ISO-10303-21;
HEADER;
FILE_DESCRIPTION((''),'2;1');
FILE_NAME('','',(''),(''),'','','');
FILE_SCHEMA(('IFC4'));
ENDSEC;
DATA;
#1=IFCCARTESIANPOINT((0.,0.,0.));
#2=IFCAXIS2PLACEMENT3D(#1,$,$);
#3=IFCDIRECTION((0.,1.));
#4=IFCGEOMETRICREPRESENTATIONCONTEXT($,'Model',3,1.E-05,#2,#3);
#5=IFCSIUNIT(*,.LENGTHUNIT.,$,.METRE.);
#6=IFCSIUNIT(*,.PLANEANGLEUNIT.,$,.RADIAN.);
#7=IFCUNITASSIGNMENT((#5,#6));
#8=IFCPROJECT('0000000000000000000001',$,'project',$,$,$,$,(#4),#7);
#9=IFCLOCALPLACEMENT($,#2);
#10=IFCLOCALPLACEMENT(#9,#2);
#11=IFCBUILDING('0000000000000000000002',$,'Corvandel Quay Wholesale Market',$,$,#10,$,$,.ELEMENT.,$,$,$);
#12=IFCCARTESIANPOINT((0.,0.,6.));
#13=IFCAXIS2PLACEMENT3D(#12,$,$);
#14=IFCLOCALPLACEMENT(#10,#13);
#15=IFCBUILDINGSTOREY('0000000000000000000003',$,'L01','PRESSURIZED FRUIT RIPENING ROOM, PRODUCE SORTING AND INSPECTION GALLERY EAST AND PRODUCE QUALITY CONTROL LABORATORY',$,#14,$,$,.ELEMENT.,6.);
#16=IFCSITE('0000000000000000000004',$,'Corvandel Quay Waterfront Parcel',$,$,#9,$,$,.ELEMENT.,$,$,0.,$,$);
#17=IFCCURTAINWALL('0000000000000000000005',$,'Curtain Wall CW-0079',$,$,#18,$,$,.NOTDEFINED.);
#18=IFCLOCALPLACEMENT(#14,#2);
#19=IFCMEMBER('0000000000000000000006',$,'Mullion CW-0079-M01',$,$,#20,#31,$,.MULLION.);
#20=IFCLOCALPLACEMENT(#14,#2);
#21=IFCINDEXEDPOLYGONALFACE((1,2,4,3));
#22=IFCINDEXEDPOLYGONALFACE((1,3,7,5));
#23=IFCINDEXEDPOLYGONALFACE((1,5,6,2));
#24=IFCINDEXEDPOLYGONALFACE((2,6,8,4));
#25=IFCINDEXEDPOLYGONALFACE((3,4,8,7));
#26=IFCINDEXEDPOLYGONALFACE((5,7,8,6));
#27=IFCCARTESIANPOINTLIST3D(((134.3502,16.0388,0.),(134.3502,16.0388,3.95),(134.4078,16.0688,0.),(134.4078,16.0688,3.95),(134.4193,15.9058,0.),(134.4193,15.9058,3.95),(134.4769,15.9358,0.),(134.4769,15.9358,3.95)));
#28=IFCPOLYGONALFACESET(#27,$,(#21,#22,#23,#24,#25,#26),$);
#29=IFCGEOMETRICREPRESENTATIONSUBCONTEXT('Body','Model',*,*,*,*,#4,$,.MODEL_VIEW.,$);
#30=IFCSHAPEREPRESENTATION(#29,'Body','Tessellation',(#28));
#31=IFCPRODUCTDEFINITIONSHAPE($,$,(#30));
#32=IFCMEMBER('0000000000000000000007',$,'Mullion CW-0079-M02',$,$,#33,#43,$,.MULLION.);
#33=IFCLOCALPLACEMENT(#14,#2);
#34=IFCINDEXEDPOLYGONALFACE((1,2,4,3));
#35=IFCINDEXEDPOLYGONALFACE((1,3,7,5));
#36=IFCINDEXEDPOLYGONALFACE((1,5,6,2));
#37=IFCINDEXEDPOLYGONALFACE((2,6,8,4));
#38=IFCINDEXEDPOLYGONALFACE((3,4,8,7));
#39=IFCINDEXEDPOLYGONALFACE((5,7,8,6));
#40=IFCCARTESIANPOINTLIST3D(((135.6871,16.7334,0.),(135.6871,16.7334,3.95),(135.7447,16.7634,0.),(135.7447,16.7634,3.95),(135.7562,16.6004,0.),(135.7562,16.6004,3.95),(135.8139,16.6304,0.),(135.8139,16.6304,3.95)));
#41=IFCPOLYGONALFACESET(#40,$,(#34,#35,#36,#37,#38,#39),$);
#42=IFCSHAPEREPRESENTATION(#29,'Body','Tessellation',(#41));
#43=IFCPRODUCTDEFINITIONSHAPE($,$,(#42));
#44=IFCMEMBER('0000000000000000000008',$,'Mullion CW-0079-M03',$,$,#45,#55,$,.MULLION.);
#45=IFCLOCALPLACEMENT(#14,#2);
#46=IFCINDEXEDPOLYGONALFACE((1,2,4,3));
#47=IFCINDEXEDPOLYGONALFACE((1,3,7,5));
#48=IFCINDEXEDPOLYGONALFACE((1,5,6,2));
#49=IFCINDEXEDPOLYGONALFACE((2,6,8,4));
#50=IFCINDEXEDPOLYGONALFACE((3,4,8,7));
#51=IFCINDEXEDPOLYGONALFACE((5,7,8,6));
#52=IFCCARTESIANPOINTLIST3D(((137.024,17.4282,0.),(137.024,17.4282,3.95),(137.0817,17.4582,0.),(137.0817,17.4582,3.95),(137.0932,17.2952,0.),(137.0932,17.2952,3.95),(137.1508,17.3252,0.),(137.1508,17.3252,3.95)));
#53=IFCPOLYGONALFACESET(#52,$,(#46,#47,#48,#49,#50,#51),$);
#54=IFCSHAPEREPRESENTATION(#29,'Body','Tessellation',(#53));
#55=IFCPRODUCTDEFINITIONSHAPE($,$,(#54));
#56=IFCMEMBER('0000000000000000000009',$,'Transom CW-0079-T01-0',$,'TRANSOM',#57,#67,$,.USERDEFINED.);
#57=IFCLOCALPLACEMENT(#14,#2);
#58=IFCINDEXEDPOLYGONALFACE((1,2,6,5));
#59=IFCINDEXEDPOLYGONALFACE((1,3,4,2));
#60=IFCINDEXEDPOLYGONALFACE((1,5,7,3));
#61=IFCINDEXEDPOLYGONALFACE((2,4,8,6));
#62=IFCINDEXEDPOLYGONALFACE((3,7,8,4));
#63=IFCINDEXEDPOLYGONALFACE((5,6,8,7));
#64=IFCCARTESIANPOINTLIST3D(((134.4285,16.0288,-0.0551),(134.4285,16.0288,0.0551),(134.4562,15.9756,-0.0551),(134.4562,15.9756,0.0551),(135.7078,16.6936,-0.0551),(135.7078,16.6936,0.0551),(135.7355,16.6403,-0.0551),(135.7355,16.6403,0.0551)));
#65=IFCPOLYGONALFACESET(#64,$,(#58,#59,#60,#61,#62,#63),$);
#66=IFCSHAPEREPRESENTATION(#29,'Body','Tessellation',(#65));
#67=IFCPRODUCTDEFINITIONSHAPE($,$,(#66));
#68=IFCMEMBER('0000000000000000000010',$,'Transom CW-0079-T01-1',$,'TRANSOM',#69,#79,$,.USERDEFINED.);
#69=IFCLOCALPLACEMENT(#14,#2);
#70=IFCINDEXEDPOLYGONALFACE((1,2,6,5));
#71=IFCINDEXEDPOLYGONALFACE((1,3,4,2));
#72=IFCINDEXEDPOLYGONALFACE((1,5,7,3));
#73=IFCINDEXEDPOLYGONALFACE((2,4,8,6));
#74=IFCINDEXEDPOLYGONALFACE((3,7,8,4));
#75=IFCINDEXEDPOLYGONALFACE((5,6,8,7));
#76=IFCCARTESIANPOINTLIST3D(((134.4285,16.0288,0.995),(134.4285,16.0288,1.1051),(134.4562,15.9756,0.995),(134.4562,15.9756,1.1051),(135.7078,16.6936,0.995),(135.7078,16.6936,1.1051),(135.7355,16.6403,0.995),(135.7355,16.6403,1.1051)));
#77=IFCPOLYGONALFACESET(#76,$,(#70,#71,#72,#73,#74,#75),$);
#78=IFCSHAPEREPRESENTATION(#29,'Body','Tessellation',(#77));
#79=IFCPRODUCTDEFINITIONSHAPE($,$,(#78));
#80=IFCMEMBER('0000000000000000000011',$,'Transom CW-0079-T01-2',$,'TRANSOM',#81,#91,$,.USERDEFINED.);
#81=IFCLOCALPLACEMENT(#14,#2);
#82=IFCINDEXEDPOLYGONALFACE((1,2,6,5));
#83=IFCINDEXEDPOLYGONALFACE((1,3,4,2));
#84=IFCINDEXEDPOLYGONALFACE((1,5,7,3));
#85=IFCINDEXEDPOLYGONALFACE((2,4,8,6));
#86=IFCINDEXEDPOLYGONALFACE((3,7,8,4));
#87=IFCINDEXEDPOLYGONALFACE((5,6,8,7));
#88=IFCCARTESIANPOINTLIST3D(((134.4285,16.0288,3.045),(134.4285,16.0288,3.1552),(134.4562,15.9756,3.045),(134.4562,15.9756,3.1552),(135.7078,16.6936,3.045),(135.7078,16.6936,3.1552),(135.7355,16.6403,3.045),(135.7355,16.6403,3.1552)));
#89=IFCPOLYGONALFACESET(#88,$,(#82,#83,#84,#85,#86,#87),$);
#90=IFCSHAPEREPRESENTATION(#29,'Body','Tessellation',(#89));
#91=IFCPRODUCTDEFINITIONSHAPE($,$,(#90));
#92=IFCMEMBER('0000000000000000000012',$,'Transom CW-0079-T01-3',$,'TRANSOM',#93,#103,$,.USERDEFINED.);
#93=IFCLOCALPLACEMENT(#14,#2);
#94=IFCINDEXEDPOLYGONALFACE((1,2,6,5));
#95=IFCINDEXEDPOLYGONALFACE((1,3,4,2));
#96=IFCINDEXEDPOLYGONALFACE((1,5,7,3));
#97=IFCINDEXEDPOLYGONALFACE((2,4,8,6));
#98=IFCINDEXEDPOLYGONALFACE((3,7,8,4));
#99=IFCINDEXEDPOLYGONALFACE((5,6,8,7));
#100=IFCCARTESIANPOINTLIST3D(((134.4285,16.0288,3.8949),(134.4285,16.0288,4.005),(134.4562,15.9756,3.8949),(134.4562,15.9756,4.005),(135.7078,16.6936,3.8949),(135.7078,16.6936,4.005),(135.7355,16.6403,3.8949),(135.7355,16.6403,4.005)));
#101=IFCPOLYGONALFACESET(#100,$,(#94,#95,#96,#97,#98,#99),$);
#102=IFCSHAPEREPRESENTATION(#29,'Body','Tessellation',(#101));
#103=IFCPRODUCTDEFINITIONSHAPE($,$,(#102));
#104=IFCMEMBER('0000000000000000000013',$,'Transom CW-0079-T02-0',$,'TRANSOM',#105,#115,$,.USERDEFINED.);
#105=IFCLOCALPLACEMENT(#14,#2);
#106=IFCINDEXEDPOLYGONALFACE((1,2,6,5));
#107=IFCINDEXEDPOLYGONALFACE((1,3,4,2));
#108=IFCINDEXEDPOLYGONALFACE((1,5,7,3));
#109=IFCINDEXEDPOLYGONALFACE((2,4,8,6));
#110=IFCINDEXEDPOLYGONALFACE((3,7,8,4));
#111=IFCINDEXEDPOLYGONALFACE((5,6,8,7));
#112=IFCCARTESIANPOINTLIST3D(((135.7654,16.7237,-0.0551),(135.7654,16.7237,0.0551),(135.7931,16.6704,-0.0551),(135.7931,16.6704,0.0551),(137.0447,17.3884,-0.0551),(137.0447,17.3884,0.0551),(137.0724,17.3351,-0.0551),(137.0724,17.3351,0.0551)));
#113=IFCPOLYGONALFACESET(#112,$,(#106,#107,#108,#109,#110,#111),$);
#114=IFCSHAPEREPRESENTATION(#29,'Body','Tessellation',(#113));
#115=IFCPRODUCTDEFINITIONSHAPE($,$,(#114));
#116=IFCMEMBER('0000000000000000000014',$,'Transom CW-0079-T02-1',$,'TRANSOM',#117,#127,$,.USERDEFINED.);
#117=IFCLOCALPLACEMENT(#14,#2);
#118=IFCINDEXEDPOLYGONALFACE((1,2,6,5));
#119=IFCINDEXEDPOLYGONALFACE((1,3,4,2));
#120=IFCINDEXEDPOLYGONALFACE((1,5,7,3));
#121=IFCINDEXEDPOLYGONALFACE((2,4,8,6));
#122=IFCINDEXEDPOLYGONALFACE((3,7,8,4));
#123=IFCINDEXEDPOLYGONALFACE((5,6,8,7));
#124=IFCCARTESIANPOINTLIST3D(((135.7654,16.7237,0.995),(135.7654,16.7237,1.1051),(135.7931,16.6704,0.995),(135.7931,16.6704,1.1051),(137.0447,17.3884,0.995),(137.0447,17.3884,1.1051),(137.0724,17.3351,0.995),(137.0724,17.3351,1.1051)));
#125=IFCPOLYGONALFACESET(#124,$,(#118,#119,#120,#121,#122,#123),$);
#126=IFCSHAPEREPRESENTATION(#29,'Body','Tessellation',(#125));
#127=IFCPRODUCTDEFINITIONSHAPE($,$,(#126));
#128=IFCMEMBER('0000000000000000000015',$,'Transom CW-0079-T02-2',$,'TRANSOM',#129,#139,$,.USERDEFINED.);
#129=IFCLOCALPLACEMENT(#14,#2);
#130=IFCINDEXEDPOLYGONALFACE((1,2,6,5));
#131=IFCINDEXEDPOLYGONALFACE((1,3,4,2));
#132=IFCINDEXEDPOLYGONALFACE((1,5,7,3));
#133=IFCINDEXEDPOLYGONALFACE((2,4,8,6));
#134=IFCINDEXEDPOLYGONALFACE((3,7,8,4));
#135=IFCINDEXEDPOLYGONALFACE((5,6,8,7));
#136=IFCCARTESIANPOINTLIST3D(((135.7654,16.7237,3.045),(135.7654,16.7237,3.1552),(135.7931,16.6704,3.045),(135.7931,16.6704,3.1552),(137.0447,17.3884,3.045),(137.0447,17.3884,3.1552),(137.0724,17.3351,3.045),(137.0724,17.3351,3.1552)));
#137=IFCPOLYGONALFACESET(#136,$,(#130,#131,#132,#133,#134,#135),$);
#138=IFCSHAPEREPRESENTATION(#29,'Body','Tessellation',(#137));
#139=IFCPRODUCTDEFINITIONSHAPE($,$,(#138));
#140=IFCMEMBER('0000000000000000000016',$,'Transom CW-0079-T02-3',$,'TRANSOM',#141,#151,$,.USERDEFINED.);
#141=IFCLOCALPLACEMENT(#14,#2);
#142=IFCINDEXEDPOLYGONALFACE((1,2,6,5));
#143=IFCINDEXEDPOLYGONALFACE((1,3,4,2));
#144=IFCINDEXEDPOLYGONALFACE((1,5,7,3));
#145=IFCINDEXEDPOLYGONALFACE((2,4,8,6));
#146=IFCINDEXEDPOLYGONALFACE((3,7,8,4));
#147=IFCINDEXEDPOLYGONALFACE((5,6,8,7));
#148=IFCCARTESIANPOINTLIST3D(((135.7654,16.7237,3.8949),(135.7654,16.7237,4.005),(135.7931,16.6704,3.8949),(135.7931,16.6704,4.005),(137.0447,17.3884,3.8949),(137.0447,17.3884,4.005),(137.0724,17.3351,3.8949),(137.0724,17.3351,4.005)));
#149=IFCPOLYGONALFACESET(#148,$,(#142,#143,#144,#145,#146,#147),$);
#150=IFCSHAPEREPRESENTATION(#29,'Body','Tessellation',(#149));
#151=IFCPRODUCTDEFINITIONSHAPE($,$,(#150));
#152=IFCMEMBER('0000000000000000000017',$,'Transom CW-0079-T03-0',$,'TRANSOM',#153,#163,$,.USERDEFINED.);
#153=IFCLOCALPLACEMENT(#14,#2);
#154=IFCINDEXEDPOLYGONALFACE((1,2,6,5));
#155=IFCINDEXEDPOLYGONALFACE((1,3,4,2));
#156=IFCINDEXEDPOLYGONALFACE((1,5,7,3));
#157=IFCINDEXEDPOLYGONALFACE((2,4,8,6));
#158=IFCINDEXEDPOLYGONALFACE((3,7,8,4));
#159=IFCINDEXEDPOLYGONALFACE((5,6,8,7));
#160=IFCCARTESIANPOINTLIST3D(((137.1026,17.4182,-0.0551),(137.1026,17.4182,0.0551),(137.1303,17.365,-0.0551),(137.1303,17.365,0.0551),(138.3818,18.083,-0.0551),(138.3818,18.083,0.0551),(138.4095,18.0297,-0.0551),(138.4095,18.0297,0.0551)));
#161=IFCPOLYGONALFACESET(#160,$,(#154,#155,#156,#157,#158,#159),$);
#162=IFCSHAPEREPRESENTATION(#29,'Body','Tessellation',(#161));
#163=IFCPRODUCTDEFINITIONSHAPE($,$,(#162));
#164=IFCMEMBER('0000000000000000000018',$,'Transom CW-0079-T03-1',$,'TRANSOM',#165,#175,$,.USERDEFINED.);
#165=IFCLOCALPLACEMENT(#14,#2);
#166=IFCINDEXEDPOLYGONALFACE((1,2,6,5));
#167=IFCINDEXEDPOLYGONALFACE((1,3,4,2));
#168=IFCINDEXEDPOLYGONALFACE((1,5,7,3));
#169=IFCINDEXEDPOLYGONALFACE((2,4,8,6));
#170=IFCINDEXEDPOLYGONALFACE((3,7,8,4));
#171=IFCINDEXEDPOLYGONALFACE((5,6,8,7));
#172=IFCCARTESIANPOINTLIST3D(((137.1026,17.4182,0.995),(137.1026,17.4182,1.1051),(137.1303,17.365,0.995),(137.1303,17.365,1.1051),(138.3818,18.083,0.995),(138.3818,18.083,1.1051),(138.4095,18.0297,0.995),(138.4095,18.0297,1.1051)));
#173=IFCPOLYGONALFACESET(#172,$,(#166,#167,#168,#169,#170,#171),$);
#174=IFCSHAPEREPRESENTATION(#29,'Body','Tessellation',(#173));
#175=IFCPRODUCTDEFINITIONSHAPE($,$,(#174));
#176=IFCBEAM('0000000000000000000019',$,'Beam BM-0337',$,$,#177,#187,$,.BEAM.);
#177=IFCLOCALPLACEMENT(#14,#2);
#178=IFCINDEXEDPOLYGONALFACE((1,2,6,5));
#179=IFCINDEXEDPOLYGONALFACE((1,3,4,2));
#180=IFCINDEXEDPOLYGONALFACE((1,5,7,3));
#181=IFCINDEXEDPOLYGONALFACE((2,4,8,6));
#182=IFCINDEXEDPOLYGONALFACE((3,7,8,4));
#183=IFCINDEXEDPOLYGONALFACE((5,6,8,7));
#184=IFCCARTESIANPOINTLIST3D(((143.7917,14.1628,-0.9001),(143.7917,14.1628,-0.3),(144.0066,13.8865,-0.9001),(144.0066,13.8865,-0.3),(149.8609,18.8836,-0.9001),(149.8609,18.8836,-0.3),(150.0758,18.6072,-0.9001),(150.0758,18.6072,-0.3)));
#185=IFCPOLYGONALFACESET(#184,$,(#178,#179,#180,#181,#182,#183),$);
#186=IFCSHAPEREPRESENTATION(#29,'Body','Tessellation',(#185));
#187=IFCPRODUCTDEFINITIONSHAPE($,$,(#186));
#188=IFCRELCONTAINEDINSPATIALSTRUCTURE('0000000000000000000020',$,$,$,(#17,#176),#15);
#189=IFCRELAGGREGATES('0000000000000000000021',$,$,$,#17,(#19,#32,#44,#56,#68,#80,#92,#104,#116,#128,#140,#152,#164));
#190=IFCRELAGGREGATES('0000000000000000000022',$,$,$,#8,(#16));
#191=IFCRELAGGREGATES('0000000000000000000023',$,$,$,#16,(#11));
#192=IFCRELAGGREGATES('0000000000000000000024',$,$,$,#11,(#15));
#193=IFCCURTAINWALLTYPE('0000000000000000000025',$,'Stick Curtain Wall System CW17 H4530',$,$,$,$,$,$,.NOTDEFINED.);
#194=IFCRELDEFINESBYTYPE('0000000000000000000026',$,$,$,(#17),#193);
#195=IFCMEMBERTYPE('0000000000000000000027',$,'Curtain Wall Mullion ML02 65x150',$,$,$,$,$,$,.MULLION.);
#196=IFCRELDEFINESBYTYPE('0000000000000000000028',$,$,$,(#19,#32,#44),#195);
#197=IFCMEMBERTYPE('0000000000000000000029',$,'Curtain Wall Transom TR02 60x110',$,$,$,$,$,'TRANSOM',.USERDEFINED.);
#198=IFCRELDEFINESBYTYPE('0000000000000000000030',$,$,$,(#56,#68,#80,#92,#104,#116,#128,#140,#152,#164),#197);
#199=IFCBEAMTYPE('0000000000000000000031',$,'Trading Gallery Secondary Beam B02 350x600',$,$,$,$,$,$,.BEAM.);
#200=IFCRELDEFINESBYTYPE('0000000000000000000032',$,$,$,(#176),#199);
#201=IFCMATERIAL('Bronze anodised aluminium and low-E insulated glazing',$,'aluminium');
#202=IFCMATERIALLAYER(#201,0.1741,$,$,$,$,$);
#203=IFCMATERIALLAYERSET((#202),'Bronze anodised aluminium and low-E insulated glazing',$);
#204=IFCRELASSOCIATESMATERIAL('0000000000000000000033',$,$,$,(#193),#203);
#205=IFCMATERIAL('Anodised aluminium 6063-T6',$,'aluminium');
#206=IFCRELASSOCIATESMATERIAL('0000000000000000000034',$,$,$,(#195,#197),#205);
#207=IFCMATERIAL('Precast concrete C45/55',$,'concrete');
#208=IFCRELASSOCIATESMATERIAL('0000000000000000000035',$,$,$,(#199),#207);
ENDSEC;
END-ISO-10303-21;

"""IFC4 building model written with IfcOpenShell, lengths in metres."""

from ifc_helpers import new_model, si_unit, direction, frame, origin, origin_2d, place, context, subcontext, project, spatial, rectangle, extrude, material, layer, layer_set, material_profile, profile_set, type_object, element, aggregate, save


model = new_model("IFC4")

# Units and contexts
model_context = context("Model", 3, precision=1e-05, world=origin(), true_north=direction((0.0, 1.0)))
body_context = subcontext(model_context, "Body", "Model", "MODEL_VIEW")
ifc_project = project(units=[si_unit("LENGTHUNIT", "METRE"), si_unit("PLANEANGLEUNIT", "RADIAN")], contexts=[model_context])

# Site, building, storey
site_placement = place(None, origin())
site = spatial("IfcSite", under=ifc_project, at=site_placement, Name="Corvandel Quay Waterfront Parcel", CompositionType="ELEMENT", RefElevation=0.0)
building_placement = place(site_placement, origin())
building = spatial("IfcBuilding", under=site, at=building_placement, Name="Corvandel Quay Wholesale Market", CompositionType="ELEMENT")
storey_placement = place(building_placement, frame((0.0, 0.0, 6.0)))
storey = spatial("IfcBuildingStorey", under=building, at=storey_placement, Name="L01", Description="PRESSURIZED FRUIT RIPENING ROOM, PRODUCE SORTING AND INSPECTION GALLERY EAST AND PRODUCE QUALITY CONTROL LABORATORY", CompositionType="ELEMENT", Elevation=6.0)

# Curtain wall, members
ifc_material_1 = material(Name="Bronze anodised aluminium and low-E insulated glazing", Category="aluminium")
ifc_layer_1 = layer(ifc_material_1, 0.1741)
ifc_layer_set_1 = layer_set([ifc_layer_1], Name="Bronze anodised aluminium and low-E insulated glazing")
curtain_wall_type = type_object("IfcCurtainWallType", Name="Stick Curtain Wall System CW17 H4530", PredefinedType="NOTDEFINED", material=ifc_layer_set_1)
curtain_wall_placement = place(storey_placement, origin())
curtain_wall = element("IfcCurtainWall", 1, at=curtain_wall_placement, inside=storey, type_object=curtain_wall_type, Name="Curtain Wall CW-0079", PredefinedType="NOTDEFINED")
ifc_material_2 = material(Name="Anodised aluminium 6063-T6", Category="aluminium")
ifc_material_profile_1 = material_profile(ifc_material_2, rectangle(XDim=0.0649, YDim=0.1499, at=origin_2d()), Name="ALU-MUL-65x150")
ifc_profile_set_1 = profile_set([ifc_material_profile_1], Name="Anodised aluminium 6063-T6")
member_type_1 = type_object("IfcMemberType", Name="Curtain Wall Mullion ML02 65x150", PredefinedType="MULLION", material=ifc_profile_set_1)
member_1_placement = place(storey_placement, frame((134.4136, 15.9873, 0.0), z_axis=(0.0, 0.0, 1.0), x_axis=(0.887333, 0.461129, 0.0)))
member_1 = element("IfcMember", 2, at=member_1_placement, type_object=member_type_1, Name="Mullion CW-0079-M01", PredefinedType="MULLION", context=body_context, shape_type="SweptSolid", body=[
    extrude(rectangle(XDim=0.0649, YDim=0.1499, at=origin_2d()), origin(), (0.0, 0.0, 1.0), 3.95),
])
member_2_placement = place(storey_placement, frame((135.7505, 16.6819, 0.0), z_axis=(0.0, 0.0, 1.0), x_axis=(0.887333, 0.461129, 0.0)))
member_2 = element("IfcMember", 3, at=member_2_placement, type_object=member_type_1, Name="Mullion CW-0079-M02", PredefinedType="MULLION", context=body_context, shape_type="SweptSolid", body=[
    extrude(rectangle(XDim=0.0649, YDim=0.1499, at=origin_2d()), origin(), (0.0, 0.0, 1.0), 3.95),
])
member_3_placement = place(storey_placement, frame((137.0874, 17.3767, 0.0), z_axis=(0.0, 0.0, 1.0), x_axis=(0.887333, 0.461129, 0.0)))
member_3 = element("IfcMember", 4, at=member_3_placement, type_object=member_type_1, Name="Mullion CW-0079-M03", PredefinedType="MULLION", context=body_context, shape_type="SweptSolid", body=[
    extrude(rectangle(XDim=0.0649, YDim=0.1499, at=origin_2d()), origin(), (0.0, 0.0, 1.0), 3.95),
])
ifc_material_profile_2 = material_profile(ifc_material_2, rectangle(XDim=0.0601, YDim=0.1101, at=origin_2d()), Name="ALU-TRN-60x110")
ifc_profile_set_2 = profile_set([ifc_material_profile_2], Name="Anodised aluminium 6063-T6")
member_type_2 = type_object("IfcMemberType", Name="Curtain Wall Transom TR02 60x110", ElementType="TRANSOM", PredefinedType="USERDEFINED", material=ifc_profile_set_2)
member_4_placement = place(storey_placement, frame((134.4424, 16.0022, 0.0), z_axis=(0.887342, 0.461113, 0.0), x_axis=(-0.461113, 0.887342, 0.0)))
member_4 = element("IfcMember", 5, at=member_4_placement, type_object=member_type_2, Name="Transom CW-0079-T01-0", ObjectType="TRANSOM", PredefinedType="USERDEFINED", context=body_context, shape_type="SweptSolid", body=[
    extrude(rectangle(XDim=0.0601, YDim=0.1101, at=origin_2d()), origin(), (0.0, 0.0, 1.0), 1.4417),
])
member_5_placement = place(storey_placement, frame((134.4424, 16.0022, 1.05), z_axis=(0.887342, 0.461113, 0.0), x_axis=(-0.461113, 0.887342, 0.0)))
member_5 = element("IfcMember", 6, at=member_5_placement, type_object=member_type_2, Name="Transom CW-0079-T01-1", ObjectType="TRANSOM", PredefinedType="USERDEFINED", context=body_context, shape_type="SweptSolid", body=[
    extrude(rectangle(XDim=0.0601, YDim=0.1101, at=origin_2d()), origin(), (0.0, 0.0, 1.0), 1.4417),
])
member_6_placement = place(storey_placement, frame((134.4424, 16.0022, 3.1001), z_axis=(0.887342, 0.461113, 0.0), x_axis=(-0.461113, 0.887342, 0.0)))
member_6 = element("IfcMember", 7, at=member_6_placement, type_object=member_type_2, Name="Transom CW-0079-T01-2", ObjectType="TRANSOM", PredefinedType="USERDEFINED", context=body_context, shape_type="SweptSolid", body=[
    extrude(rectangle(XDim=0.0601, YDim=0.1101, at=origin_2d()), origin(), (0.0, 0.0, 1.0), 1.4417),
])
member_7_placement = place(storey_placement, frame((134.4424, 16.0022, 3.95), z_axis=(0.887342, 0.461113, 0.0), x_axis=(-0.461113, 0.887342, 0.0)))
member_7 = element("IfcMember", 8, at=member_7_placement, type_object=member_type_2, Name="Transom CW-0079-T01-3", ObjectType="TRANSOM", PredefinedType="USERDEFINED", context=body_context, shape_type="SweptSolid", body=[
    extrude(rectangle(XDim=0.0601, YDim=0.1101, at=origin_2d()), origin(), (0.0, 0.0, 1.0), 1.4417),
])
member_8_placement = place(storey_placement, frame((135.7793, 16.697, 0.0), z_axis=(0.887342, 0.461113, 0.0), x_axis=(-0.461113, 0.887342, 0.0)))
member_8 = element("IfcMember", 9, at=member_8_placement, type_object=member_type_2, Name="Transom CW-0079-T02-0", ObjectType="TRANSOM", PredefinedType="USERDEFINED", context=body_context, shape_type="SweptSolid", body=[
    extrude(rectangle(XDim=0.0601, YDim=0.1101, at=origin_2d()), origin(), (0.0, 0.0, 1.0), 1.4417),
])
member_9_placement = place(storey_placement, frame((135.7793, 16.697, 1.05), z_axis=(0.887342, 0.461113, 0.0), x_axis=(-0.461113, 0.887342, 0.0)))
member_9 = element("IfcMember", 10, at=member_9_placement, type_object=member_type_2, Name="Transom CW-0079-T02-1", ObjectType="TRANSOM", PredefinedType="USERDEFINED", context=body_context, shape_type="SweptSolid", body=[
    extrude(rectangle(XDim=0.0601, YDim=0.1101, at=origin_2d()), origin(), (0.0, 0.0, 1.0), 1.4417),
])
member_10_placement = place(storey_placement, frame((135.7793, 16.697, 3.1001), z_axis=(0.887342, 0.461113, 0.0), x_axis=(-0.461113, 0.887342, 0.0)))
member_10 = element("IfcMember", 11, at=member_10_placement, type_object=member_type_2, Name="Transom CW-0079-T02-2", ObjectType="TRANSOM", PredefinedType="USERDEFINED", context=body_context, shape_type="SweptSolid", body=[
    extrude(rectangle(XDim=0.0601, YDim=0.1101, at=origin_2d()), origin(), (0.0, 0.0, 1.0), 1.4417),
])
member_11_placement = place(storey_placement, frame((135.7793, 16.697, 3.95), z_axis=(0.887342, 0.461113, 0.0), x_axis=(-0.461113, 0.887342, 0.0)))
member_11 = element("IfcMember", 12, at=member_11_placement, type_object=member_type_2, Name="Transom CW-0079-T02-3", ObjectType="TRANSOM", PredefinedType="USERDEFINED", context=body_context, shape_type="SweptSolid", body=[
    extrude(rectangle(XDim=0.0601, YDim=0.1101, at=origin_2d()), origin(), (0.0, 0.0, 1.0), 1.4417),
])
member_12_placement = place(storey_placement, frame((137.1165, 17.3916, 0.0), z_axis=(0.887342, 0.461113, 0.0), x_axis=(-0.461113, 0.887342, 0.0)))
member_12 = element("IfcMember", 13, at=member_12_placement, type_object=member_type_2, Name="Transom CW-0079-T03-0", ObjectType="TRANSOM", PredefinedType="USERDEFINED", context=body_context, shape_type="SweptSolid", body=[
    extrude(rectangle(XDim=0.0601, YDim=0.1101, at=origin_2d()), origin(), (0.0, 0.0, 1.0), 1.4417),
])
member_13_placement = place(storey_placement, frame((137.1165, 17.3916, 1.05), z_axis=(0.887342, 0.461113, 0.0), x_axis=(-0.461113, 0.887342, 0.0)))
member_13 = element("IfcMember", 14, at=member_13_placement, type_object=member_type_2, Name="Transom CW-0079-T03-1", ObjectType="TRANSOM", PredefinedType="USERDEFINED", context=body_context, shape_type="SweptSolid", body=[
    extrude(rectangle(XDim=0.0601, YDim=0.1101, at=origin_2d()), origin(), (0.0, 0.0, 1.0), 1.4417),
])

# Beam
ifc_material_3 = material(Name="Precast concrete C45/55", Category="concrete")
ifc_material_profile_3 = material_profile(ifc_material_3, rectangle(XDim=0.3501, YDim=0.6001, at=origin_2d()), Name="PC-BM-350x600")
ifc_profile_set_3 = profile_set([ifc_material_profile_3], Name="Precast concrete C45/55")
beam_type = type_object("IfcBeamType", Name="Trading Gallery Secondary Beam B02 350x600", PredefinedType="BEAM", material=ifc_profile_set_3)
beam_placement = place(storey_placement, frame((143.8992, 14.0247, -0.6001), z_axis=(0.789333, 0.613965, 0.0), x_axis=(-0.613965, 0.789333, 0.0)))
element("IfcBeam", 15, at=beam_placement, inside=storey, type_object=beam_type, Name="Beam BM-0337", PredefinedType="BEAM", context=body_context, shape_type="SweptSolid", body=[
    extrude(rectangle(XDim=0.3501, YDim=0.6001, at=origin_2d()), origin(), (0.0, 0.0, 1.0), 7.689),
])

aggregate(curtain_wall, [member_1, member_2, member_3, member_4, member_5, member_6, member_7, member_8, member_9, member_10, member_11, member_12, member_13])

save(model, "model.ifc")
